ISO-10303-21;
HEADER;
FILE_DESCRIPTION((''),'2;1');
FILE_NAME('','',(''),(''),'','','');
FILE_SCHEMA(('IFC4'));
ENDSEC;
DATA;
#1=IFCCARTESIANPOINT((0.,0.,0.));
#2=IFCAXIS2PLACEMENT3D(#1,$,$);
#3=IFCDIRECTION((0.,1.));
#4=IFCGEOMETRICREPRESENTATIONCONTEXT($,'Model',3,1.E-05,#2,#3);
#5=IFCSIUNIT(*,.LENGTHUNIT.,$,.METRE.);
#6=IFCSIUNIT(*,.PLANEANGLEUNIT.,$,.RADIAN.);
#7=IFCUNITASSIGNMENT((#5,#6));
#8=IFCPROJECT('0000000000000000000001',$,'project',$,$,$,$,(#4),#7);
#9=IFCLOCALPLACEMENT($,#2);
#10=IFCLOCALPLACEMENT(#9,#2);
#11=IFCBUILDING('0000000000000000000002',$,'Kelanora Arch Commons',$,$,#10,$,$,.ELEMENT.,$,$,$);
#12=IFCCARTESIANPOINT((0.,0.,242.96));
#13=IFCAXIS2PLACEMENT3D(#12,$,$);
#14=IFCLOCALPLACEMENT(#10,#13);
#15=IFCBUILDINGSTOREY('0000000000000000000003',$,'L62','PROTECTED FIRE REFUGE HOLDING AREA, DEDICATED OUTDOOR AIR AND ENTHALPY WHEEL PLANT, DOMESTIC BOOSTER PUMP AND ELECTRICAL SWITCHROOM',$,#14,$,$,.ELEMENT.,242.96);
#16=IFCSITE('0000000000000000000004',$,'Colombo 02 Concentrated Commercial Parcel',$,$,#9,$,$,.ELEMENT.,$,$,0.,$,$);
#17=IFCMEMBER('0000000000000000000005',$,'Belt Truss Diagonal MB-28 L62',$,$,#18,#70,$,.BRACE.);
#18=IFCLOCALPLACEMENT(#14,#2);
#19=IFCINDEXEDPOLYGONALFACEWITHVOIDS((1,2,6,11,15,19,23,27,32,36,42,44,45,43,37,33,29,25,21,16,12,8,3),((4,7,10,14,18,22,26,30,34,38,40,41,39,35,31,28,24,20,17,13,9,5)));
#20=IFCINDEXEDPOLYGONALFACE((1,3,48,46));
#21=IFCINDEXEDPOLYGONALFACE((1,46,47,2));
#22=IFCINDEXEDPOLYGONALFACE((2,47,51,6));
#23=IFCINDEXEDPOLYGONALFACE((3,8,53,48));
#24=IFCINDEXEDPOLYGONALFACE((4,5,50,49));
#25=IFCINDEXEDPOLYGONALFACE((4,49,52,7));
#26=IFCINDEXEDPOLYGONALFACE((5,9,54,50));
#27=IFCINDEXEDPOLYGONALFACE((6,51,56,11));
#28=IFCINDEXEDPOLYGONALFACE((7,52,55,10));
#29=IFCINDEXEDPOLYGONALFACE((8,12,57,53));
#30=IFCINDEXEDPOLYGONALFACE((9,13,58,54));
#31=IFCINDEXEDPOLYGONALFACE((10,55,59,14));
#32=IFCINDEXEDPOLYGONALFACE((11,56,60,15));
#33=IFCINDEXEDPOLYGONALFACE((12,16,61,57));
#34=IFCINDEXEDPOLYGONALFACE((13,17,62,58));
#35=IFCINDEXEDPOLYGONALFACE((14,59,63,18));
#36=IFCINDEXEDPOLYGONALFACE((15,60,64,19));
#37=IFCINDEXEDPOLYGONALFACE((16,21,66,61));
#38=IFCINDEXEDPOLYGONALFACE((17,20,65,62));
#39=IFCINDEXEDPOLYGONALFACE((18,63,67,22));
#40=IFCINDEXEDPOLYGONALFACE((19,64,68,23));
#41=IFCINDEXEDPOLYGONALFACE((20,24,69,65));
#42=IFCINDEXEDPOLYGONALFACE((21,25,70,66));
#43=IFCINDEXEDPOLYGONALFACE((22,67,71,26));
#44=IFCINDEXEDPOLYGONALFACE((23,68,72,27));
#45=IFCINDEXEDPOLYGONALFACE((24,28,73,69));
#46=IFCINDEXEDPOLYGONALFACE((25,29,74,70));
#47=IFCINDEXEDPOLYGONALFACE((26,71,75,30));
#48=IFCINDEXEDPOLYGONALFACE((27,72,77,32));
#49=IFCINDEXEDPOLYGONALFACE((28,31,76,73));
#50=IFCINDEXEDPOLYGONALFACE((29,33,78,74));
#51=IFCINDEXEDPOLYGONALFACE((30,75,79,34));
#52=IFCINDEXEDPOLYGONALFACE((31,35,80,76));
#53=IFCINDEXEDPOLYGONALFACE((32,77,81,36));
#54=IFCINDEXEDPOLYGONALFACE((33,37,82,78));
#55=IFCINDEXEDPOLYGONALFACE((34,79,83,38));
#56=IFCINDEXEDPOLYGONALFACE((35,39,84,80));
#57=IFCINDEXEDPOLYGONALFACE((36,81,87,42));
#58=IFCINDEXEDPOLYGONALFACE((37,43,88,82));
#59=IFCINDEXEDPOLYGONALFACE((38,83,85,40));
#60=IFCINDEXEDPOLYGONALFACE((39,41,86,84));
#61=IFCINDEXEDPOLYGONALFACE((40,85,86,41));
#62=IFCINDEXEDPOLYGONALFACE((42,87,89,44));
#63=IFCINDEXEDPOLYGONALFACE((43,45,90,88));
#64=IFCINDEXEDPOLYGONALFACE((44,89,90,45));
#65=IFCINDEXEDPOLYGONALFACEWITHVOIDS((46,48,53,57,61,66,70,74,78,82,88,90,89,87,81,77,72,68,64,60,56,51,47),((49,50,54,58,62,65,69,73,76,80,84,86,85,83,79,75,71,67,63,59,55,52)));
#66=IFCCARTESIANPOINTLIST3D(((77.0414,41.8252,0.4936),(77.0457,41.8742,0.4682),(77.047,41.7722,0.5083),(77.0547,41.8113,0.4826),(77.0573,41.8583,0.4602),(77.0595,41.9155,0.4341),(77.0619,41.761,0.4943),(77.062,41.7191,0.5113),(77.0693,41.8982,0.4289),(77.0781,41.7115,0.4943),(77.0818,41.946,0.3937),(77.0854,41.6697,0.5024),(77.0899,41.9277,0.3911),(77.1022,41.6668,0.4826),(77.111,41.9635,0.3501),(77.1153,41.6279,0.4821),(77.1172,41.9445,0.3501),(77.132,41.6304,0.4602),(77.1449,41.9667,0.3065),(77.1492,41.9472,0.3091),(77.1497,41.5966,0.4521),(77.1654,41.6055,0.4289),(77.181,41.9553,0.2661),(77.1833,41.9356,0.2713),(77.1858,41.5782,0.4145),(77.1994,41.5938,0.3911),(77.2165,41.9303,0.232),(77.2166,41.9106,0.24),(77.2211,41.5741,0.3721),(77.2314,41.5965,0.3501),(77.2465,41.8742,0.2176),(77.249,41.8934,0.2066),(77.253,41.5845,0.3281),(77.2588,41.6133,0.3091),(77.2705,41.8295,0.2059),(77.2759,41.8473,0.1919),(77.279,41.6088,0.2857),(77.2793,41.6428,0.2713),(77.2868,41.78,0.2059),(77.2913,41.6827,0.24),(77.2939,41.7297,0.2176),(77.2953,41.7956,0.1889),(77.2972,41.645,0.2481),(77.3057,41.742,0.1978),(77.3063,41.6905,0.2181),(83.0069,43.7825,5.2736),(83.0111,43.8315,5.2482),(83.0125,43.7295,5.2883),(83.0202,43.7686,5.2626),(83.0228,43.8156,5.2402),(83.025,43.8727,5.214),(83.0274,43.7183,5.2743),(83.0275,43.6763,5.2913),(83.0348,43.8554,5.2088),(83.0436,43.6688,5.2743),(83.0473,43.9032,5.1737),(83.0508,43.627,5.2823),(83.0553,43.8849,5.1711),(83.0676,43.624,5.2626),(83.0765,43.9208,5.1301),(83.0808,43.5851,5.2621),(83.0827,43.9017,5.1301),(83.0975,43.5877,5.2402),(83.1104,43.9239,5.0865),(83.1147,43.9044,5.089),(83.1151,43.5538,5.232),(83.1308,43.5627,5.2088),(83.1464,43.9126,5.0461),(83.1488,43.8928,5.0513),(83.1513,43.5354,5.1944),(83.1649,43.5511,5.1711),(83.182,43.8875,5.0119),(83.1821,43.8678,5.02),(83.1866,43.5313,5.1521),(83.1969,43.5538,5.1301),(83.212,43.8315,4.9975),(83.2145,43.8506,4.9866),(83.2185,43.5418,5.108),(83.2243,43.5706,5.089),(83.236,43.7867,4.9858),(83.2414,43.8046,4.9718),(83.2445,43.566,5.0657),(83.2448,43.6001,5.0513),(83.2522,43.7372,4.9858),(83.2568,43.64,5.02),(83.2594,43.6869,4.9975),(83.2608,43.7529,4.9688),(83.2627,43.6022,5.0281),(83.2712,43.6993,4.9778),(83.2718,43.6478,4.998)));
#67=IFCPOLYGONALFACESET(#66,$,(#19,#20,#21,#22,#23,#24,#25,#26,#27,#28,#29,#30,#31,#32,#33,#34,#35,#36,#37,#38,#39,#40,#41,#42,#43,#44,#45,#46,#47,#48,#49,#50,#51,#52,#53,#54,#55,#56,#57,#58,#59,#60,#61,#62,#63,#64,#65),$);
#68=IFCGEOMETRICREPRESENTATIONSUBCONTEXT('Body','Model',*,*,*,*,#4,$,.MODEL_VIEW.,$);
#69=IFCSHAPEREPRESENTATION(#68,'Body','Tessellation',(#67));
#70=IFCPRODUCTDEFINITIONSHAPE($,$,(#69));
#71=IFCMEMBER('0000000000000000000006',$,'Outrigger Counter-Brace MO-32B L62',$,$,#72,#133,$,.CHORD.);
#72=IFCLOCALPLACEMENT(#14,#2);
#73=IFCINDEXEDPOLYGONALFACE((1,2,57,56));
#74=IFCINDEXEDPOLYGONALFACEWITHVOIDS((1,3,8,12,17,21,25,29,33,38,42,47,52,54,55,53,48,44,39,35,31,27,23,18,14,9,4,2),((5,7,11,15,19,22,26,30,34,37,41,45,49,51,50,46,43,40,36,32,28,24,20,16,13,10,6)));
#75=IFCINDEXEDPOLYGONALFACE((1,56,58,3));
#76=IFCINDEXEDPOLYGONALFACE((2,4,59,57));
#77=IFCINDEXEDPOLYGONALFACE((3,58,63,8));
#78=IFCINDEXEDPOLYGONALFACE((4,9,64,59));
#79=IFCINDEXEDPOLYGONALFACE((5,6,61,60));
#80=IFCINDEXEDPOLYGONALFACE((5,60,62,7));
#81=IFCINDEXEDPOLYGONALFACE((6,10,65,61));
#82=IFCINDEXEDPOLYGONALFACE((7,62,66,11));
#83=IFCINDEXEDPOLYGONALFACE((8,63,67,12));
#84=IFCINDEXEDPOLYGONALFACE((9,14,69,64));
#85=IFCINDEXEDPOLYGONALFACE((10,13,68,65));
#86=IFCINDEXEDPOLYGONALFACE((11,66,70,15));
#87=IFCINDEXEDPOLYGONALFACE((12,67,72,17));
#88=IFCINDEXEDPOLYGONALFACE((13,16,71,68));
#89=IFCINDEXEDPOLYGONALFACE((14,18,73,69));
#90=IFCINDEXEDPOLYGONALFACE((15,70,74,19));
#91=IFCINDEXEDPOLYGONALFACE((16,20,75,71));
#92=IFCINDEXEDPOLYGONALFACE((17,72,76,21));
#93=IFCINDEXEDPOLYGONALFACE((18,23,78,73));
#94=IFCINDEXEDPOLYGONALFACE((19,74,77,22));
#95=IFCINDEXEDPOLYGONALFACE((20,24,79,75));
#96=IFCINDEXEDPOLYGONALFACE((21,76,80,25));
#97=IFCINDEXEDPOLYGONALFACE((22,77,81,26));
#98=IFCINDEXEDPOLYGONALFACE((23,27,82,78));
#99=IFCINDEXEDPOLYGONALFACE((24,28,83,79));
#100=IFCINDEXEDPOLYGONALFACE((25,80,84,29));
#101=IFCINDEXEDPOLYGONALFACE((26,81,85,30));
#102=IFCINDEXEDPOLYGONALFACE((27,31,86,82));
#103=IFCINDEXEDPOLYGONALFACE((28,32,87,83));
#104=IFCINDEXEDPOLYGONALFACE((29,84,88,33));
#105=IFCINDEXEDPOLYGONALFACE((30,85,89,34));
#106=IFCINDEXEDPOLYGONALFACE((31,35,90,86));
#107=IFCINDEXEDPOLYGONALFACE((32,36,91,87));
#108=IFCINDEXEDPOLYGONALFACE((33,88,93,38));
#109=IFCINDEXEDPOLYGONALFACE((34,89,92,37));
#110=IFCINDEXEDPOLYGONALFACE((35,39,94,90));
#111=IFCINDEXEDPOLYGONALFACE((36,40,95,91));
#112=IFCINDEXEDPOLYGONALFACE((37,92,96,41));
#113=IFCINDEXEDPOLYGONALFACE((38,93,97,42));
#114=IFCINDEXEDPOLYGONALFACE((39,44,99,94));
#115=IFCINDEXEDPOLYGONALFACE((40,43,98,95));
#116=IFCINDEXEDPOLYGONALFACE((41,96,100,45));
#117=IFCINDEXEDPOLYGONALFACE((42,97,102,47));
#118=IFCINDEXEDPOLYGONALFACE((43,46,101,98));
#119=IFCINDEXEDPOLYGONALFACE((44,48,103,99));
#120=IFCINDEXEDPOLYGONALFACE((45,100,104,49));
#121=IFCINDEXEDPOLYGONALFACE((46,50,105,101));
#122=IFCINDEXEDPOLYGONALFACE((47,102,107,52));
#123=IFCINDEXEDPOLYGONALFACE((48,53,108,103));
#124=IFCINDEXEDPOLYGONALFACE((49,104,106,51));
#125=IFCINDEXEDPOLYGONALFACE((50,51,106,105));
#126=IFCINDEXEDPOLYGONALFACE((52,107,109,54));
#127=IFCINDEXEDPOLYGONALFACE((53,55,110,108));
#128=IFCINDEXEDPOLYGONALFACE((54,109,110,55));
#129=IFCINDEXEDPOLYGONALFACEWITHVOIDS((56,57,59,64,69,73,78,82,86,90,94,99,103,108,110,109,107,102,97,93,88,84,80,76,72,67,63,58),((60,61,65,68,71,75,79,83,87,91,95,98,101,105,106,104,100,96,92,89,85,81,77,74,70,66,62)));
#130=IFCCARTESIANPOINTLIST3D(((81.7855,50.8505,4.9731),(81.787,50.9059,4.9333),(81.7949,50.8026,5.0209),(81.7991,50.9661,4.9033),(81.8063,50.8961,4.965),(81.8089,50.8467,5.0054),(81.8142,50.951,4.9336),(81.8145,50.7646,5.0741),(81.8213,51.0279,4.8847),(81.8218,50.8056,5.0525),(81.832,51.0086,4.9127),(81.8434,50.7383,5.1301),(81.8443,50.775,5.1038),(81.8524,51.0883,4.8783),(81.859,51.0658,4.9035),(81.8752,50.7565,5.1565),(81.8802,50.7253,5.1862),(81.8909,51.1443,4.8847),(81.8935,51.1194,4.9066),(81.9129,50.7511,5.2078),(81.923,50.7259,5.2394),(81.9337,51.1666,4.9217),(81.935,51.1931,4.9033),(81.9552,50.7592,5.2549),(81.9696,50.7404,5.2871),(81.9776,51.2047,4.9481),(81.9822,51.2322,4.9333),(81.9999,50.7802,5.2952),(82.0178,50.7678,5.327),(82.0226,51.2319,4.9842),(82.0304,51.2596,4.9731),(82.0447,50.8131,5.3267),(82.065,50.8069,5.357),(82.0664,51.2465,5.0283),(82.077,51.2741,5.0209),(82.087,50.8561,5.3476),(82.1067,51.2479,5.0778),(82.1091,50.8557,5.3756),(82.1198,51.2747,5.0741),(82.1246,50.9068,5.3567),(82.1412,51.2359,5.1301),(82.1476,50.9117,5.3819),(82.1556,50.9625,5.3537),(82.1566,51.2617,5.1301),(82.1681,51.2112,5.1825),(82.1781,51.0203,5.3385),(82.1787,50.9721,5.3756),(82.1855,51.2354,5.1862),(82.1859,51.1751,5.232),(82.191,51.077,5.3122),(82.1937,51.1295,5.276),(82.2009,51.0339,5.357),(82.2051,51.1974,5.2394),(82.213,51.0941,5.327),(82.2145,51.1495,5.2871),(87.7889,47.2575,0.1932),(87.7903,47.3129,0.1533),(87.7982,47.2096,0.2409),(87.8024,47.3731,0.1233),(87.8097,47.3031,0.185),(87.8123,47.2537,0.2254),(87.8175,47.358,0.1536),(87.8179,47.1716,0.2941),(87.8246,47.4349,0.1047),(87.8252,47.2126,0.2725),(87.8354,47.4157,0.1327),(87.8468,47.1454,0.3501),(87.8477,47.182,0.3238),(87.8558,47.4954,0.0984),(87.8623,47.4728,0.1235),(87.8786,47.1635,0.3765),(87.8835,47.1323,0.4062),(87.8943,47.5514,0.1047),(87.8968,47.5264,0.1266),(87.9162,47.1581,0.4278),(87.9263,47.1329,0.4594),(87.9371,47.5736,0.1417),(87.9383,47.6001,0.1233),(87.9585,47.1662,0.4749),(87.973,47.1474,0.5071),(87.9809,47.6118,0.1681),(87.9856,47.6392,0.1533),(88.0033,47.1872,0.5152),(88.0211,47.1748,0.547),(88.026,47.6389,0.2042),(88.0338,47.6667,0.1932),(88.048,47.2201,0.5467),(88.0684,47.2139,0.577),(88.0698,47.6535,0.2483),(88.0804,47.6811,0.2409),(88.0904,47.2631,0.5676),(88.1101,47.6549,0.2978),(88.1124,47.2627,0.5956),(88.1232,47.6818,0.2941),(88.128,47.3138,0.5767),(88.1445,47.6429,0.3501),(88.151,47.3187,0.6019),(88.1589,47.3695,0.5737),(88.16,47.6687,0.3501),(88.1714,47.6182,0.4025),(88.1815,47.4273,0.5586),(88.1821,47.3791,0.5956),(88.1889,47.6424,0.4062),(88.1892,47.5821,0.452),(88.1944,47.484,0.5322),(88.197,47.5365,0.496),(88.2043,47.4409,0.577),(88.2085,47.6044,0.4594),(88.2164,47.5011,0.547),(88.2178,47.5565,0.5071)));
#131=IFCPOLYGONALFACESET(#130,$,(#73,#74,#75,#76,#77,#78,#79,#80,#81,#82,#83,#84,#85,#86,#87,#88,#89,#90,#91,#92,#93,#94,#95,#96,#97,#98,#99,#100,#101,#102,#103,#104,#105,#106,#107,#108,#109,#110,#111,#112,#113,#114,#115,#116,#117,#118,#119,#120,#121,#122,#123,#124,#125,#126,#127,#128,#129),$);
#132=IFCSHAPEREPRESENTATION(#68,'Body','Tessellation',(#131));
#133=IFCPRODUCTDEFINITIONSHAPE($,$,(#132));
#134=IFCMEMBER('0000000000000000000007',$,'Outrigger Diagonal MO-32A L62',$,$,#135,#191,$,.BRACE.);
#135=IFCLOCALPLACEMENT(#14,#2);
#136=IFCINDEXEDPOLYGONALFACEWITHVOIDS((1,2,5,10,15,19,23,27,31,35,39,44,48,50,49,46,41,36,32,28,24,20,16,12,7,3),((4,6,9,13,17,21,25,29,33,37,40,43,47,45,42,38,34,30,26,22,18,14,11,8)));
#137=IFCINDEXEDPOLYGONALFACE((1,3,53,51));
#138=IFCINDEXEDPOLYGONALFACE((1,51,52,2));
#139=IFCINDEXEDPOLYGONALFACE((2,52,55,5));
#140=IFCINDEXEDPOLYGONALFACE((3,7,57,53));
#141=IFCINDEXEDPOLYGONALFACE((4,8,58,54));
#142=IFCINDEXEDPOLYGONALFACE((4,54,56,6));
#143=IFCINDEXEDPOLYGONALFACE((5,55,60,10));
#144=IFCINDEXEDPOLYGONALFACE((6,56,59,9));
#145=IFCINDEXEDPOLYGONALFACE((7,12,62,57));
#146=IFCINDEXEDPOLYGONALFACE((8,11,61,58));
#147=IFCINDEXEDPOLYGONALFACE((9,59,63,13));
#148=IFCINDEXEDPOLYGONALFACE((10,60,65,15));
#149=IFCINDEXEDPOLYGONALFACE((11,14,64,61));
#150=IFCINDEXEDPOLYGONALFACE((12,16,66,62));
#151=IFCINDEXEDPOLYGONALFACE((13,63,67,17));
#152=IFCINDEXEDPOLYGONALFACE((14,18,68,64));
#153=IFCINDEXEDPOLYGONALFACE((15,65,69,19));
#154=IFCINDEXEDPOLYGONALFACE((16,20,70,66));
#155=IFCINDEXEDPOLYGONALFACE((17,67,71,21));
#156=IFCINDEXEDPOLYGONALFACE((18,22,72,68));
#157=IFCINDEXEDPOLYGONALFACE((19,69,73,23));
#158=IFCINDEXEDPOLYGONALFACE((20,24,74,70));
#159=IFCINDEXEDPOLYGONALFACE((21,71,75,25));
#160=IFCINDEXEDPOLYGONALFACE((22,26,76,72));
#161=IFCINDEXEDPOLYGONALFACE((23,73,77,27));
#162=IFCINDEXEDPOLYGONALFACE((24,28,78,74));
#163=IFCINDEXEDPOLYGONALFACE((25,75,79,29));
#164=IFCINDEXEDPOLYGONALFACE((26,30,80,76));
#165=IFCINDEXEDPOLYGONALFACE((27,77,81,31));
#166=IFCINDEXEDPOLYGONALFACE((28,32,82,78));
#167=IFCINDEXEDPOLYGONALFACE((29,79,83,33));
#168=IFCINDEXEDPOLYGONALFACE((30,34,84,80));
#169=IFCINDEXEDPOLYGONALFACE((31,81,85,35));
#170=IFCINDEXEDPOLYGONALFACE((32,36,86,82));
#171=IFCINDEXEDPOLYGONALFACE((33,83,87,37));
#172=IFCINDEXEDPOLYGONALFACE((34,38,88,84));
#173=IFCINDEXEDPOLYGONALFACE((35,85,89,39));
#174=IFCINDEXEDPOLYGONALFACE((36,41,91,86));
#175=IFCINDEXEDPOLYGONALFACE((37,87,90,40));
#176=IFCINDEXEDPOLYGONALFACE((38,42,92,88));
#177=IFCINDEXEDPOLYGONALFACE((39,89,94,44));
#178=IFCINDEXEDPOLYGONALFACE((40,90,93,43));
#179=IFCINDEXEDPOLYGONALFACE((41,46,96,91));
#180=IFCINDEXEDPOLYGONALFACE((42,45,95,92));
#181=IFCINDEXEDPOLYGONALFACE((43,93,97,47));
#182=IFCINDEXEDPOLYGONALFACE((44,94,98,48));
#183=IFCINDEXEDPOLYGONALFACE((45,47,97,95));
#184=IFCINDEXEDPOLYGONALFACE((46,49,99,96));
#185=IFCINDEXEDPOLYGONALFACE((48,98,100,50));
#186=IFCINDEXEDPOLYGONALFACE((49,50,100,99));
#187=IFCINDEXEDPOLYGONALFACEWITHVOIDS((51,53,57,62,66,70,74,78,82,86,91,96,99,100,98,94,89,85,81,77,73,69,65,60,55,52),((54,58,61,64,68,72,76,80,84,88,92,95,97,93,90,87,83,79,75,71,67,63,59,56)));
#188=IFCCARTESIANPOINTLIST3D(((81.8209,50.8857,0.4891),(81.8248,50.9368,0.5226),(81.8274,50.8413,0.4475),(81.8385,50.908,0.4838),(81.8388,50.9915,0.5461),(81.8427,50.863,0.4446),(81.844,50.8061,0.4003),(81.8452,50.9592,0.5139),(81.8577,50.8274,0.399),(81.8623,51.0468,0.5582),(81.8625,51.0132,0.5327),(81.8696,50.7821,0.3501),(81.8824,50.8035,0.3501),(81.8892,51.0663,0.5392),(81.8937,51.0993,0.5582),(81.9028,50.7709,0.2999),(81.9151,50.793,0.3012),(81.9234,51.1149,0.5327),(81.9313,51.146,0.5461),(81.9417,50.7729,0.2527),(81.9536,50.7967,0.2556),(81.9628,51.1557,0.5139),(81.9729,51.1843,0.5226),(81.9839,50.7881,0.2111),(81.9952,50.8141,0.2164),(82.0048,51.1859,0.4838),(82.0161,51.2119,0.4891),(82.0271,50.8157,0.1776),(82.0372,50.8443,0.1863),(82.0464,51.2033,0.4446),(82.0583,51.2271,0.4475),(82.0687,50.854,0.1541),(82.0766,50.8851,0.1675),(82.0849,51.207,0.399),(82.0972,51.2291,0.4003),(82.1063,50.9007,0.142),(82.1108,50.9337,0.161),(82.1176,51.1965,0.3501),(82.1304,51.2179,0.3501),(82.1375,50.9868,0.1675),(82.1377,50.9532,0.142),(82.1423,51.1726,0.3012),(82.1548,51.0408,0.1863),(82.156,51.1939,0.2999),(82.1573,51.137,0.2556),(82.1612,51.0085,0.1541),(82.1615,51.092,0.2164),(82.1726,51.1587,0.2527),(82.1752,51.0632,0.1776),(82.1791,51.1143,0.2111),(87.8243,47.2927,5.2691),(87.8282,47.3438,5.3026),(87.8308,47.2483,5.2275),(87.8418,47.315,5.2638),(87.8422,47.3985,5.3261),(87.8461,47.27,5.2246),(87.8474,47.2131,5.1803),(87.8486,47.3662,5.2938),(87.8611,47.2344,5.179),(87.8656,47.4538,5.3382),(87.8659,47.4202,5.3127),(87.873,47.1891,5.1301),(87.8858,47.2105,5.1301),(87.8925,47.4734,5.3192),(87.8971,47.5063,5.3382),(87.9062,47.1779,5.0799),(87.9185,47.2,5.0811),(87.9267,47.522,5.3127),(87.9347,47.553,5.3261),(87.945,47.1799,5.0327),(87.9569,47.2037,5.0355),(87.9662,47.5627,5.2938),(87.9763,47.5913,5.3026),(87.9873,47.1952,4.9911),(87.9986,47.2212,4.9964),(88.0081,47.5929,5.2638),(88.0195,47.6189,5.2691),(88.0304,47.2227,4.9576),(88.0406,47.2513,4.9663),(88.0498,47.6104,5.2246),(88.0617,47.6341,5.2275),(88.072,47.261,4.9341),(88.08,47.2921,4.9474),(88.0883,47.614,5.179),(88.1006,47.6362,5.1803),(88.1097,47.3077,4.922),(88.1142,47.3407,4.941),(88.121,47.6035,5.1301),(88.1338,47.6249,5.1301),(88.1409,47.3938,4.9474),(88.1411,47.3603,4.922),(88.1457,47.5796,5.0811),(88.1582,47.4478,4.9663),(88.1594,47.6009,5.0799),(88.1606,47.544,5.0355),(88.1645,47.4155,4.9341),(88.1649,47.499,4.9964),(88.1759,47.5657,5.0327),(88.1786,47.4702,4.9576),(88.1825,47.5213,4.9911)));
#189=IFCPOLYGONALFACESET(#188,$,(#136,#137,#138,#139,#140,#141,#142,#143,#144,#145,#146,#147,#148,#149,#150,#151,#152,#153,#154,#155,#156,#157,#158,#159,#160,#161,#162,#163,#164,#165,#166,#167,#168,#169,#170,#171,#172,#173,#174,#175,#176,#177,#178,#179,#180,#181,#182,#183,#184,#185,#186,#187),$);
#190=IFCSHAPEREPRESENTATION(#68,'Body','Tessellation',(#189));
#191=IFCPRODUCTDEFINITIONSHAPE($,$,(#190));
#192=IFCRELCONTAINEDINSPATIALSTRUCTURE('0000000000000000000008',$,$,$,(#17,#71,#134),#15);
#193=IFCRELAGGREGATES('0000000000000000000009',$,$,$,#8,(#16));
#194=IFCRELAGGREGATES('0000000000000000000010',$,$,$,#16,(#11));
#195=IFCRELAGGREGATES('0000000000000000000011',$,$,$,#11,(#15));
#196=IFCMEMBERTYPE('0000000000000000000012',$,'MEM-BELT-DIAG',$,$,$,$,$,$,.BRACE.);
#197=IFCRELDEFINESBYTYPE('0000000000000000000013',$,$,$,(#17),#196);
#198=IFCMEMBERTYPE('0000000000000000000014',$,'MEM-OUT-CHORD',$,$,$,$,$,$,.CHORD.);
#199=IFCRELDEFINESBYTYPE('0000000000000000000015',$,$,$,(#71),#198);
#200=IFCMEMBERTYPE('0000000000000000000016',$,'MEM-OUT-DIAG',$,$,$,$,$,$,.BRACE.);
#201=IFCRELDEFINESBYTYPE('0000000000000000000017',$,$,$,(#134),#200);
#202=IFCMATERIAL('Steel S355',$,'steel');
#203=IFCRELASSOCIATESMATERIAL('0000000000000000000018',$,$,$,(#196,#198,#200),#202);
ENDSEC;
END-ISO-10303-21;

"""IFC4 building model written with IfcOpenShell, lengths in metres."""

from ifc_helpers import new_model, si_unit, direction, frame, origin, origin_2d, place, context, subcontext, project, spatial, hollow_circle, extrude, material, material_profile, profile_set, type_object, element, save


model = new_model("IFC4")

# Units and contexts
model_context = context("Model", 3, precision=1e-05, world=origin(), true_north=direction((0.0, 1.0)))
body_context = subcontext(model_context, "Body", "Model", "MODEL_VIEW")
ifc_project = project(units=[si_unit("LENGTHUNIT", "METRE"), si_unit("PLANEANGLEUNIT", "RADIAN")], contexts=[model_context])

# Site, building, storey
site_placement = place(None, origin())
site = spatial("IfcSite", under=ifc_project, at=site_placement, Name="Colombo 02 Concentrated Commercial Parcel", CompositionType="ELEMENT", RefElevation=0.0)
building_placement = place(site_placement, origin())
building = spatial("IfcBuilding", under=site, at=building_placement, Name="Kelanora Arch Commons", CompositionType="ELEMENT")
storey_placement = place(building_placement, frame((0.0, 0.0, 242.96)))
storey = spatial("IfcBuildingStorey", under=building, at=storey_placement, Name="L62", Description="PROTECTED FIRE REFUGE HOLDING AREA, DEDICATED OUTDOOR AIR AND ENTHALPY WHEEL PLANT, DOMESTIC BOOSTER PUMP AND ELECTRICAL SWITCHROOM", CompositionType="ELEMENT", Elevation=242.96)

# Shared definitions
ifc_material_1 = material(Name="Steel S355", Category="steel")

# Members
ifc_material_profile_1 = material_profile(ifc_material_1, hollow_circle(Radius=0.2031, WallThickness=0.02, at=origin_2d()), Name="CHS406.4x20")
ifc_profile_set_1 = profile_set([ifc_material_profile_1], Name="Steel S355")
member_type_1 = type_object("IfcMemberType", Name="MEM-BELT-DIAG", PredefinedType="BRACE", material=ifc_profile_set_1)
member_1_placement = place(storey_placement, frame((77.1743, 41.7705, 0.3501), z_axis=(0.755999, 0.248039, 0.605758), x_axis=(-0.311745, 0.950166, 0.0)))
element("IfcMember", 1, at=member_1_placement, inside=storey, type_object=member_type_1, Name="Belt Truss Diagonal MB-28 L62", PredefinedType="BRACE", context=body_context, shape_type="SweptSolid", body=[
    extrude(hollow_circle(Radius=0.2031, WallThickness=0.02, at=origin_2d()), origin(), (0.0, 0.0, 1.0), 7.8909),
])
ifc_material_profile_2 = material_profile(ifc_material_1, hollow_circle(Radius=0.3049, WallThickness=0.03, at=origin_2d()), Name="CHS610x30")
ifc_profile_set_2 = profile_set([ifc_material_profile_2], Name="Steel S355")
member_type_2 = type_object("IfcMemberType", Name="MEM-OUT-CHORD", PredefinedType="CHORD", material=ifc_profile_set_2)
member_2_placement = place(storey_placement, frame((82.0, 51.0, 5.1301), z_axis=(0.708497, -0.424032, -0.564118), x_axis=(0.513546, 0.858062, 0.0)))
element("IfcMember", 2, at=member_2_placement, inside=storey, type_object=member_type_2, Name="Outrigger Counter-Brace MO-32B L62", PredefinedType="CHORD", context=body_context, shape_type="SweptSolid", body=[
    extrude(hollow_circle(Radius=0.3049, WallThickness=0.03, at=origin_2d()), origin(), (0.0, 0.0, 1.0), 8.4734),
])
ifc_material_profile_3 = material_profile(ifc_material_1, hollow_circle(Radius=0.2539, WallThickness=0.0249, at=origin_2d()), Name="CHS508x25")
ifc_profile_set_3 = profile_set([ifc_material_profile_3], Name="Steel S355")
member_type_3 = type_object("IfcMemberType", Name="MEM-OUT-DIAG", PredefinedType="BRACE", material=ifc_profile_set_3)
member_3_placement = place(storey_placement, frame((82.0, 51.0, 0.3501), z_axis=(0.708497, -0.424032, 0.564118), x_axis=(0.513546, 0.858062, 0.0)))
element("IfcMember", 3, at=member_3_placement, inside=storey, type_object=member_type_3, Name="Outrigger Diagonal MO-32A L62", PredefinedType="BRACE", context=body_context, shape_type="SweptSolid", body=[
    extrude(hollow_circle(Radius=0.2539, WallThickness=0.0249, at=origin_2d()), origin(), (0.0, 0.0, 1.0), 8.4734),
])

save(model, "model.ifc")
